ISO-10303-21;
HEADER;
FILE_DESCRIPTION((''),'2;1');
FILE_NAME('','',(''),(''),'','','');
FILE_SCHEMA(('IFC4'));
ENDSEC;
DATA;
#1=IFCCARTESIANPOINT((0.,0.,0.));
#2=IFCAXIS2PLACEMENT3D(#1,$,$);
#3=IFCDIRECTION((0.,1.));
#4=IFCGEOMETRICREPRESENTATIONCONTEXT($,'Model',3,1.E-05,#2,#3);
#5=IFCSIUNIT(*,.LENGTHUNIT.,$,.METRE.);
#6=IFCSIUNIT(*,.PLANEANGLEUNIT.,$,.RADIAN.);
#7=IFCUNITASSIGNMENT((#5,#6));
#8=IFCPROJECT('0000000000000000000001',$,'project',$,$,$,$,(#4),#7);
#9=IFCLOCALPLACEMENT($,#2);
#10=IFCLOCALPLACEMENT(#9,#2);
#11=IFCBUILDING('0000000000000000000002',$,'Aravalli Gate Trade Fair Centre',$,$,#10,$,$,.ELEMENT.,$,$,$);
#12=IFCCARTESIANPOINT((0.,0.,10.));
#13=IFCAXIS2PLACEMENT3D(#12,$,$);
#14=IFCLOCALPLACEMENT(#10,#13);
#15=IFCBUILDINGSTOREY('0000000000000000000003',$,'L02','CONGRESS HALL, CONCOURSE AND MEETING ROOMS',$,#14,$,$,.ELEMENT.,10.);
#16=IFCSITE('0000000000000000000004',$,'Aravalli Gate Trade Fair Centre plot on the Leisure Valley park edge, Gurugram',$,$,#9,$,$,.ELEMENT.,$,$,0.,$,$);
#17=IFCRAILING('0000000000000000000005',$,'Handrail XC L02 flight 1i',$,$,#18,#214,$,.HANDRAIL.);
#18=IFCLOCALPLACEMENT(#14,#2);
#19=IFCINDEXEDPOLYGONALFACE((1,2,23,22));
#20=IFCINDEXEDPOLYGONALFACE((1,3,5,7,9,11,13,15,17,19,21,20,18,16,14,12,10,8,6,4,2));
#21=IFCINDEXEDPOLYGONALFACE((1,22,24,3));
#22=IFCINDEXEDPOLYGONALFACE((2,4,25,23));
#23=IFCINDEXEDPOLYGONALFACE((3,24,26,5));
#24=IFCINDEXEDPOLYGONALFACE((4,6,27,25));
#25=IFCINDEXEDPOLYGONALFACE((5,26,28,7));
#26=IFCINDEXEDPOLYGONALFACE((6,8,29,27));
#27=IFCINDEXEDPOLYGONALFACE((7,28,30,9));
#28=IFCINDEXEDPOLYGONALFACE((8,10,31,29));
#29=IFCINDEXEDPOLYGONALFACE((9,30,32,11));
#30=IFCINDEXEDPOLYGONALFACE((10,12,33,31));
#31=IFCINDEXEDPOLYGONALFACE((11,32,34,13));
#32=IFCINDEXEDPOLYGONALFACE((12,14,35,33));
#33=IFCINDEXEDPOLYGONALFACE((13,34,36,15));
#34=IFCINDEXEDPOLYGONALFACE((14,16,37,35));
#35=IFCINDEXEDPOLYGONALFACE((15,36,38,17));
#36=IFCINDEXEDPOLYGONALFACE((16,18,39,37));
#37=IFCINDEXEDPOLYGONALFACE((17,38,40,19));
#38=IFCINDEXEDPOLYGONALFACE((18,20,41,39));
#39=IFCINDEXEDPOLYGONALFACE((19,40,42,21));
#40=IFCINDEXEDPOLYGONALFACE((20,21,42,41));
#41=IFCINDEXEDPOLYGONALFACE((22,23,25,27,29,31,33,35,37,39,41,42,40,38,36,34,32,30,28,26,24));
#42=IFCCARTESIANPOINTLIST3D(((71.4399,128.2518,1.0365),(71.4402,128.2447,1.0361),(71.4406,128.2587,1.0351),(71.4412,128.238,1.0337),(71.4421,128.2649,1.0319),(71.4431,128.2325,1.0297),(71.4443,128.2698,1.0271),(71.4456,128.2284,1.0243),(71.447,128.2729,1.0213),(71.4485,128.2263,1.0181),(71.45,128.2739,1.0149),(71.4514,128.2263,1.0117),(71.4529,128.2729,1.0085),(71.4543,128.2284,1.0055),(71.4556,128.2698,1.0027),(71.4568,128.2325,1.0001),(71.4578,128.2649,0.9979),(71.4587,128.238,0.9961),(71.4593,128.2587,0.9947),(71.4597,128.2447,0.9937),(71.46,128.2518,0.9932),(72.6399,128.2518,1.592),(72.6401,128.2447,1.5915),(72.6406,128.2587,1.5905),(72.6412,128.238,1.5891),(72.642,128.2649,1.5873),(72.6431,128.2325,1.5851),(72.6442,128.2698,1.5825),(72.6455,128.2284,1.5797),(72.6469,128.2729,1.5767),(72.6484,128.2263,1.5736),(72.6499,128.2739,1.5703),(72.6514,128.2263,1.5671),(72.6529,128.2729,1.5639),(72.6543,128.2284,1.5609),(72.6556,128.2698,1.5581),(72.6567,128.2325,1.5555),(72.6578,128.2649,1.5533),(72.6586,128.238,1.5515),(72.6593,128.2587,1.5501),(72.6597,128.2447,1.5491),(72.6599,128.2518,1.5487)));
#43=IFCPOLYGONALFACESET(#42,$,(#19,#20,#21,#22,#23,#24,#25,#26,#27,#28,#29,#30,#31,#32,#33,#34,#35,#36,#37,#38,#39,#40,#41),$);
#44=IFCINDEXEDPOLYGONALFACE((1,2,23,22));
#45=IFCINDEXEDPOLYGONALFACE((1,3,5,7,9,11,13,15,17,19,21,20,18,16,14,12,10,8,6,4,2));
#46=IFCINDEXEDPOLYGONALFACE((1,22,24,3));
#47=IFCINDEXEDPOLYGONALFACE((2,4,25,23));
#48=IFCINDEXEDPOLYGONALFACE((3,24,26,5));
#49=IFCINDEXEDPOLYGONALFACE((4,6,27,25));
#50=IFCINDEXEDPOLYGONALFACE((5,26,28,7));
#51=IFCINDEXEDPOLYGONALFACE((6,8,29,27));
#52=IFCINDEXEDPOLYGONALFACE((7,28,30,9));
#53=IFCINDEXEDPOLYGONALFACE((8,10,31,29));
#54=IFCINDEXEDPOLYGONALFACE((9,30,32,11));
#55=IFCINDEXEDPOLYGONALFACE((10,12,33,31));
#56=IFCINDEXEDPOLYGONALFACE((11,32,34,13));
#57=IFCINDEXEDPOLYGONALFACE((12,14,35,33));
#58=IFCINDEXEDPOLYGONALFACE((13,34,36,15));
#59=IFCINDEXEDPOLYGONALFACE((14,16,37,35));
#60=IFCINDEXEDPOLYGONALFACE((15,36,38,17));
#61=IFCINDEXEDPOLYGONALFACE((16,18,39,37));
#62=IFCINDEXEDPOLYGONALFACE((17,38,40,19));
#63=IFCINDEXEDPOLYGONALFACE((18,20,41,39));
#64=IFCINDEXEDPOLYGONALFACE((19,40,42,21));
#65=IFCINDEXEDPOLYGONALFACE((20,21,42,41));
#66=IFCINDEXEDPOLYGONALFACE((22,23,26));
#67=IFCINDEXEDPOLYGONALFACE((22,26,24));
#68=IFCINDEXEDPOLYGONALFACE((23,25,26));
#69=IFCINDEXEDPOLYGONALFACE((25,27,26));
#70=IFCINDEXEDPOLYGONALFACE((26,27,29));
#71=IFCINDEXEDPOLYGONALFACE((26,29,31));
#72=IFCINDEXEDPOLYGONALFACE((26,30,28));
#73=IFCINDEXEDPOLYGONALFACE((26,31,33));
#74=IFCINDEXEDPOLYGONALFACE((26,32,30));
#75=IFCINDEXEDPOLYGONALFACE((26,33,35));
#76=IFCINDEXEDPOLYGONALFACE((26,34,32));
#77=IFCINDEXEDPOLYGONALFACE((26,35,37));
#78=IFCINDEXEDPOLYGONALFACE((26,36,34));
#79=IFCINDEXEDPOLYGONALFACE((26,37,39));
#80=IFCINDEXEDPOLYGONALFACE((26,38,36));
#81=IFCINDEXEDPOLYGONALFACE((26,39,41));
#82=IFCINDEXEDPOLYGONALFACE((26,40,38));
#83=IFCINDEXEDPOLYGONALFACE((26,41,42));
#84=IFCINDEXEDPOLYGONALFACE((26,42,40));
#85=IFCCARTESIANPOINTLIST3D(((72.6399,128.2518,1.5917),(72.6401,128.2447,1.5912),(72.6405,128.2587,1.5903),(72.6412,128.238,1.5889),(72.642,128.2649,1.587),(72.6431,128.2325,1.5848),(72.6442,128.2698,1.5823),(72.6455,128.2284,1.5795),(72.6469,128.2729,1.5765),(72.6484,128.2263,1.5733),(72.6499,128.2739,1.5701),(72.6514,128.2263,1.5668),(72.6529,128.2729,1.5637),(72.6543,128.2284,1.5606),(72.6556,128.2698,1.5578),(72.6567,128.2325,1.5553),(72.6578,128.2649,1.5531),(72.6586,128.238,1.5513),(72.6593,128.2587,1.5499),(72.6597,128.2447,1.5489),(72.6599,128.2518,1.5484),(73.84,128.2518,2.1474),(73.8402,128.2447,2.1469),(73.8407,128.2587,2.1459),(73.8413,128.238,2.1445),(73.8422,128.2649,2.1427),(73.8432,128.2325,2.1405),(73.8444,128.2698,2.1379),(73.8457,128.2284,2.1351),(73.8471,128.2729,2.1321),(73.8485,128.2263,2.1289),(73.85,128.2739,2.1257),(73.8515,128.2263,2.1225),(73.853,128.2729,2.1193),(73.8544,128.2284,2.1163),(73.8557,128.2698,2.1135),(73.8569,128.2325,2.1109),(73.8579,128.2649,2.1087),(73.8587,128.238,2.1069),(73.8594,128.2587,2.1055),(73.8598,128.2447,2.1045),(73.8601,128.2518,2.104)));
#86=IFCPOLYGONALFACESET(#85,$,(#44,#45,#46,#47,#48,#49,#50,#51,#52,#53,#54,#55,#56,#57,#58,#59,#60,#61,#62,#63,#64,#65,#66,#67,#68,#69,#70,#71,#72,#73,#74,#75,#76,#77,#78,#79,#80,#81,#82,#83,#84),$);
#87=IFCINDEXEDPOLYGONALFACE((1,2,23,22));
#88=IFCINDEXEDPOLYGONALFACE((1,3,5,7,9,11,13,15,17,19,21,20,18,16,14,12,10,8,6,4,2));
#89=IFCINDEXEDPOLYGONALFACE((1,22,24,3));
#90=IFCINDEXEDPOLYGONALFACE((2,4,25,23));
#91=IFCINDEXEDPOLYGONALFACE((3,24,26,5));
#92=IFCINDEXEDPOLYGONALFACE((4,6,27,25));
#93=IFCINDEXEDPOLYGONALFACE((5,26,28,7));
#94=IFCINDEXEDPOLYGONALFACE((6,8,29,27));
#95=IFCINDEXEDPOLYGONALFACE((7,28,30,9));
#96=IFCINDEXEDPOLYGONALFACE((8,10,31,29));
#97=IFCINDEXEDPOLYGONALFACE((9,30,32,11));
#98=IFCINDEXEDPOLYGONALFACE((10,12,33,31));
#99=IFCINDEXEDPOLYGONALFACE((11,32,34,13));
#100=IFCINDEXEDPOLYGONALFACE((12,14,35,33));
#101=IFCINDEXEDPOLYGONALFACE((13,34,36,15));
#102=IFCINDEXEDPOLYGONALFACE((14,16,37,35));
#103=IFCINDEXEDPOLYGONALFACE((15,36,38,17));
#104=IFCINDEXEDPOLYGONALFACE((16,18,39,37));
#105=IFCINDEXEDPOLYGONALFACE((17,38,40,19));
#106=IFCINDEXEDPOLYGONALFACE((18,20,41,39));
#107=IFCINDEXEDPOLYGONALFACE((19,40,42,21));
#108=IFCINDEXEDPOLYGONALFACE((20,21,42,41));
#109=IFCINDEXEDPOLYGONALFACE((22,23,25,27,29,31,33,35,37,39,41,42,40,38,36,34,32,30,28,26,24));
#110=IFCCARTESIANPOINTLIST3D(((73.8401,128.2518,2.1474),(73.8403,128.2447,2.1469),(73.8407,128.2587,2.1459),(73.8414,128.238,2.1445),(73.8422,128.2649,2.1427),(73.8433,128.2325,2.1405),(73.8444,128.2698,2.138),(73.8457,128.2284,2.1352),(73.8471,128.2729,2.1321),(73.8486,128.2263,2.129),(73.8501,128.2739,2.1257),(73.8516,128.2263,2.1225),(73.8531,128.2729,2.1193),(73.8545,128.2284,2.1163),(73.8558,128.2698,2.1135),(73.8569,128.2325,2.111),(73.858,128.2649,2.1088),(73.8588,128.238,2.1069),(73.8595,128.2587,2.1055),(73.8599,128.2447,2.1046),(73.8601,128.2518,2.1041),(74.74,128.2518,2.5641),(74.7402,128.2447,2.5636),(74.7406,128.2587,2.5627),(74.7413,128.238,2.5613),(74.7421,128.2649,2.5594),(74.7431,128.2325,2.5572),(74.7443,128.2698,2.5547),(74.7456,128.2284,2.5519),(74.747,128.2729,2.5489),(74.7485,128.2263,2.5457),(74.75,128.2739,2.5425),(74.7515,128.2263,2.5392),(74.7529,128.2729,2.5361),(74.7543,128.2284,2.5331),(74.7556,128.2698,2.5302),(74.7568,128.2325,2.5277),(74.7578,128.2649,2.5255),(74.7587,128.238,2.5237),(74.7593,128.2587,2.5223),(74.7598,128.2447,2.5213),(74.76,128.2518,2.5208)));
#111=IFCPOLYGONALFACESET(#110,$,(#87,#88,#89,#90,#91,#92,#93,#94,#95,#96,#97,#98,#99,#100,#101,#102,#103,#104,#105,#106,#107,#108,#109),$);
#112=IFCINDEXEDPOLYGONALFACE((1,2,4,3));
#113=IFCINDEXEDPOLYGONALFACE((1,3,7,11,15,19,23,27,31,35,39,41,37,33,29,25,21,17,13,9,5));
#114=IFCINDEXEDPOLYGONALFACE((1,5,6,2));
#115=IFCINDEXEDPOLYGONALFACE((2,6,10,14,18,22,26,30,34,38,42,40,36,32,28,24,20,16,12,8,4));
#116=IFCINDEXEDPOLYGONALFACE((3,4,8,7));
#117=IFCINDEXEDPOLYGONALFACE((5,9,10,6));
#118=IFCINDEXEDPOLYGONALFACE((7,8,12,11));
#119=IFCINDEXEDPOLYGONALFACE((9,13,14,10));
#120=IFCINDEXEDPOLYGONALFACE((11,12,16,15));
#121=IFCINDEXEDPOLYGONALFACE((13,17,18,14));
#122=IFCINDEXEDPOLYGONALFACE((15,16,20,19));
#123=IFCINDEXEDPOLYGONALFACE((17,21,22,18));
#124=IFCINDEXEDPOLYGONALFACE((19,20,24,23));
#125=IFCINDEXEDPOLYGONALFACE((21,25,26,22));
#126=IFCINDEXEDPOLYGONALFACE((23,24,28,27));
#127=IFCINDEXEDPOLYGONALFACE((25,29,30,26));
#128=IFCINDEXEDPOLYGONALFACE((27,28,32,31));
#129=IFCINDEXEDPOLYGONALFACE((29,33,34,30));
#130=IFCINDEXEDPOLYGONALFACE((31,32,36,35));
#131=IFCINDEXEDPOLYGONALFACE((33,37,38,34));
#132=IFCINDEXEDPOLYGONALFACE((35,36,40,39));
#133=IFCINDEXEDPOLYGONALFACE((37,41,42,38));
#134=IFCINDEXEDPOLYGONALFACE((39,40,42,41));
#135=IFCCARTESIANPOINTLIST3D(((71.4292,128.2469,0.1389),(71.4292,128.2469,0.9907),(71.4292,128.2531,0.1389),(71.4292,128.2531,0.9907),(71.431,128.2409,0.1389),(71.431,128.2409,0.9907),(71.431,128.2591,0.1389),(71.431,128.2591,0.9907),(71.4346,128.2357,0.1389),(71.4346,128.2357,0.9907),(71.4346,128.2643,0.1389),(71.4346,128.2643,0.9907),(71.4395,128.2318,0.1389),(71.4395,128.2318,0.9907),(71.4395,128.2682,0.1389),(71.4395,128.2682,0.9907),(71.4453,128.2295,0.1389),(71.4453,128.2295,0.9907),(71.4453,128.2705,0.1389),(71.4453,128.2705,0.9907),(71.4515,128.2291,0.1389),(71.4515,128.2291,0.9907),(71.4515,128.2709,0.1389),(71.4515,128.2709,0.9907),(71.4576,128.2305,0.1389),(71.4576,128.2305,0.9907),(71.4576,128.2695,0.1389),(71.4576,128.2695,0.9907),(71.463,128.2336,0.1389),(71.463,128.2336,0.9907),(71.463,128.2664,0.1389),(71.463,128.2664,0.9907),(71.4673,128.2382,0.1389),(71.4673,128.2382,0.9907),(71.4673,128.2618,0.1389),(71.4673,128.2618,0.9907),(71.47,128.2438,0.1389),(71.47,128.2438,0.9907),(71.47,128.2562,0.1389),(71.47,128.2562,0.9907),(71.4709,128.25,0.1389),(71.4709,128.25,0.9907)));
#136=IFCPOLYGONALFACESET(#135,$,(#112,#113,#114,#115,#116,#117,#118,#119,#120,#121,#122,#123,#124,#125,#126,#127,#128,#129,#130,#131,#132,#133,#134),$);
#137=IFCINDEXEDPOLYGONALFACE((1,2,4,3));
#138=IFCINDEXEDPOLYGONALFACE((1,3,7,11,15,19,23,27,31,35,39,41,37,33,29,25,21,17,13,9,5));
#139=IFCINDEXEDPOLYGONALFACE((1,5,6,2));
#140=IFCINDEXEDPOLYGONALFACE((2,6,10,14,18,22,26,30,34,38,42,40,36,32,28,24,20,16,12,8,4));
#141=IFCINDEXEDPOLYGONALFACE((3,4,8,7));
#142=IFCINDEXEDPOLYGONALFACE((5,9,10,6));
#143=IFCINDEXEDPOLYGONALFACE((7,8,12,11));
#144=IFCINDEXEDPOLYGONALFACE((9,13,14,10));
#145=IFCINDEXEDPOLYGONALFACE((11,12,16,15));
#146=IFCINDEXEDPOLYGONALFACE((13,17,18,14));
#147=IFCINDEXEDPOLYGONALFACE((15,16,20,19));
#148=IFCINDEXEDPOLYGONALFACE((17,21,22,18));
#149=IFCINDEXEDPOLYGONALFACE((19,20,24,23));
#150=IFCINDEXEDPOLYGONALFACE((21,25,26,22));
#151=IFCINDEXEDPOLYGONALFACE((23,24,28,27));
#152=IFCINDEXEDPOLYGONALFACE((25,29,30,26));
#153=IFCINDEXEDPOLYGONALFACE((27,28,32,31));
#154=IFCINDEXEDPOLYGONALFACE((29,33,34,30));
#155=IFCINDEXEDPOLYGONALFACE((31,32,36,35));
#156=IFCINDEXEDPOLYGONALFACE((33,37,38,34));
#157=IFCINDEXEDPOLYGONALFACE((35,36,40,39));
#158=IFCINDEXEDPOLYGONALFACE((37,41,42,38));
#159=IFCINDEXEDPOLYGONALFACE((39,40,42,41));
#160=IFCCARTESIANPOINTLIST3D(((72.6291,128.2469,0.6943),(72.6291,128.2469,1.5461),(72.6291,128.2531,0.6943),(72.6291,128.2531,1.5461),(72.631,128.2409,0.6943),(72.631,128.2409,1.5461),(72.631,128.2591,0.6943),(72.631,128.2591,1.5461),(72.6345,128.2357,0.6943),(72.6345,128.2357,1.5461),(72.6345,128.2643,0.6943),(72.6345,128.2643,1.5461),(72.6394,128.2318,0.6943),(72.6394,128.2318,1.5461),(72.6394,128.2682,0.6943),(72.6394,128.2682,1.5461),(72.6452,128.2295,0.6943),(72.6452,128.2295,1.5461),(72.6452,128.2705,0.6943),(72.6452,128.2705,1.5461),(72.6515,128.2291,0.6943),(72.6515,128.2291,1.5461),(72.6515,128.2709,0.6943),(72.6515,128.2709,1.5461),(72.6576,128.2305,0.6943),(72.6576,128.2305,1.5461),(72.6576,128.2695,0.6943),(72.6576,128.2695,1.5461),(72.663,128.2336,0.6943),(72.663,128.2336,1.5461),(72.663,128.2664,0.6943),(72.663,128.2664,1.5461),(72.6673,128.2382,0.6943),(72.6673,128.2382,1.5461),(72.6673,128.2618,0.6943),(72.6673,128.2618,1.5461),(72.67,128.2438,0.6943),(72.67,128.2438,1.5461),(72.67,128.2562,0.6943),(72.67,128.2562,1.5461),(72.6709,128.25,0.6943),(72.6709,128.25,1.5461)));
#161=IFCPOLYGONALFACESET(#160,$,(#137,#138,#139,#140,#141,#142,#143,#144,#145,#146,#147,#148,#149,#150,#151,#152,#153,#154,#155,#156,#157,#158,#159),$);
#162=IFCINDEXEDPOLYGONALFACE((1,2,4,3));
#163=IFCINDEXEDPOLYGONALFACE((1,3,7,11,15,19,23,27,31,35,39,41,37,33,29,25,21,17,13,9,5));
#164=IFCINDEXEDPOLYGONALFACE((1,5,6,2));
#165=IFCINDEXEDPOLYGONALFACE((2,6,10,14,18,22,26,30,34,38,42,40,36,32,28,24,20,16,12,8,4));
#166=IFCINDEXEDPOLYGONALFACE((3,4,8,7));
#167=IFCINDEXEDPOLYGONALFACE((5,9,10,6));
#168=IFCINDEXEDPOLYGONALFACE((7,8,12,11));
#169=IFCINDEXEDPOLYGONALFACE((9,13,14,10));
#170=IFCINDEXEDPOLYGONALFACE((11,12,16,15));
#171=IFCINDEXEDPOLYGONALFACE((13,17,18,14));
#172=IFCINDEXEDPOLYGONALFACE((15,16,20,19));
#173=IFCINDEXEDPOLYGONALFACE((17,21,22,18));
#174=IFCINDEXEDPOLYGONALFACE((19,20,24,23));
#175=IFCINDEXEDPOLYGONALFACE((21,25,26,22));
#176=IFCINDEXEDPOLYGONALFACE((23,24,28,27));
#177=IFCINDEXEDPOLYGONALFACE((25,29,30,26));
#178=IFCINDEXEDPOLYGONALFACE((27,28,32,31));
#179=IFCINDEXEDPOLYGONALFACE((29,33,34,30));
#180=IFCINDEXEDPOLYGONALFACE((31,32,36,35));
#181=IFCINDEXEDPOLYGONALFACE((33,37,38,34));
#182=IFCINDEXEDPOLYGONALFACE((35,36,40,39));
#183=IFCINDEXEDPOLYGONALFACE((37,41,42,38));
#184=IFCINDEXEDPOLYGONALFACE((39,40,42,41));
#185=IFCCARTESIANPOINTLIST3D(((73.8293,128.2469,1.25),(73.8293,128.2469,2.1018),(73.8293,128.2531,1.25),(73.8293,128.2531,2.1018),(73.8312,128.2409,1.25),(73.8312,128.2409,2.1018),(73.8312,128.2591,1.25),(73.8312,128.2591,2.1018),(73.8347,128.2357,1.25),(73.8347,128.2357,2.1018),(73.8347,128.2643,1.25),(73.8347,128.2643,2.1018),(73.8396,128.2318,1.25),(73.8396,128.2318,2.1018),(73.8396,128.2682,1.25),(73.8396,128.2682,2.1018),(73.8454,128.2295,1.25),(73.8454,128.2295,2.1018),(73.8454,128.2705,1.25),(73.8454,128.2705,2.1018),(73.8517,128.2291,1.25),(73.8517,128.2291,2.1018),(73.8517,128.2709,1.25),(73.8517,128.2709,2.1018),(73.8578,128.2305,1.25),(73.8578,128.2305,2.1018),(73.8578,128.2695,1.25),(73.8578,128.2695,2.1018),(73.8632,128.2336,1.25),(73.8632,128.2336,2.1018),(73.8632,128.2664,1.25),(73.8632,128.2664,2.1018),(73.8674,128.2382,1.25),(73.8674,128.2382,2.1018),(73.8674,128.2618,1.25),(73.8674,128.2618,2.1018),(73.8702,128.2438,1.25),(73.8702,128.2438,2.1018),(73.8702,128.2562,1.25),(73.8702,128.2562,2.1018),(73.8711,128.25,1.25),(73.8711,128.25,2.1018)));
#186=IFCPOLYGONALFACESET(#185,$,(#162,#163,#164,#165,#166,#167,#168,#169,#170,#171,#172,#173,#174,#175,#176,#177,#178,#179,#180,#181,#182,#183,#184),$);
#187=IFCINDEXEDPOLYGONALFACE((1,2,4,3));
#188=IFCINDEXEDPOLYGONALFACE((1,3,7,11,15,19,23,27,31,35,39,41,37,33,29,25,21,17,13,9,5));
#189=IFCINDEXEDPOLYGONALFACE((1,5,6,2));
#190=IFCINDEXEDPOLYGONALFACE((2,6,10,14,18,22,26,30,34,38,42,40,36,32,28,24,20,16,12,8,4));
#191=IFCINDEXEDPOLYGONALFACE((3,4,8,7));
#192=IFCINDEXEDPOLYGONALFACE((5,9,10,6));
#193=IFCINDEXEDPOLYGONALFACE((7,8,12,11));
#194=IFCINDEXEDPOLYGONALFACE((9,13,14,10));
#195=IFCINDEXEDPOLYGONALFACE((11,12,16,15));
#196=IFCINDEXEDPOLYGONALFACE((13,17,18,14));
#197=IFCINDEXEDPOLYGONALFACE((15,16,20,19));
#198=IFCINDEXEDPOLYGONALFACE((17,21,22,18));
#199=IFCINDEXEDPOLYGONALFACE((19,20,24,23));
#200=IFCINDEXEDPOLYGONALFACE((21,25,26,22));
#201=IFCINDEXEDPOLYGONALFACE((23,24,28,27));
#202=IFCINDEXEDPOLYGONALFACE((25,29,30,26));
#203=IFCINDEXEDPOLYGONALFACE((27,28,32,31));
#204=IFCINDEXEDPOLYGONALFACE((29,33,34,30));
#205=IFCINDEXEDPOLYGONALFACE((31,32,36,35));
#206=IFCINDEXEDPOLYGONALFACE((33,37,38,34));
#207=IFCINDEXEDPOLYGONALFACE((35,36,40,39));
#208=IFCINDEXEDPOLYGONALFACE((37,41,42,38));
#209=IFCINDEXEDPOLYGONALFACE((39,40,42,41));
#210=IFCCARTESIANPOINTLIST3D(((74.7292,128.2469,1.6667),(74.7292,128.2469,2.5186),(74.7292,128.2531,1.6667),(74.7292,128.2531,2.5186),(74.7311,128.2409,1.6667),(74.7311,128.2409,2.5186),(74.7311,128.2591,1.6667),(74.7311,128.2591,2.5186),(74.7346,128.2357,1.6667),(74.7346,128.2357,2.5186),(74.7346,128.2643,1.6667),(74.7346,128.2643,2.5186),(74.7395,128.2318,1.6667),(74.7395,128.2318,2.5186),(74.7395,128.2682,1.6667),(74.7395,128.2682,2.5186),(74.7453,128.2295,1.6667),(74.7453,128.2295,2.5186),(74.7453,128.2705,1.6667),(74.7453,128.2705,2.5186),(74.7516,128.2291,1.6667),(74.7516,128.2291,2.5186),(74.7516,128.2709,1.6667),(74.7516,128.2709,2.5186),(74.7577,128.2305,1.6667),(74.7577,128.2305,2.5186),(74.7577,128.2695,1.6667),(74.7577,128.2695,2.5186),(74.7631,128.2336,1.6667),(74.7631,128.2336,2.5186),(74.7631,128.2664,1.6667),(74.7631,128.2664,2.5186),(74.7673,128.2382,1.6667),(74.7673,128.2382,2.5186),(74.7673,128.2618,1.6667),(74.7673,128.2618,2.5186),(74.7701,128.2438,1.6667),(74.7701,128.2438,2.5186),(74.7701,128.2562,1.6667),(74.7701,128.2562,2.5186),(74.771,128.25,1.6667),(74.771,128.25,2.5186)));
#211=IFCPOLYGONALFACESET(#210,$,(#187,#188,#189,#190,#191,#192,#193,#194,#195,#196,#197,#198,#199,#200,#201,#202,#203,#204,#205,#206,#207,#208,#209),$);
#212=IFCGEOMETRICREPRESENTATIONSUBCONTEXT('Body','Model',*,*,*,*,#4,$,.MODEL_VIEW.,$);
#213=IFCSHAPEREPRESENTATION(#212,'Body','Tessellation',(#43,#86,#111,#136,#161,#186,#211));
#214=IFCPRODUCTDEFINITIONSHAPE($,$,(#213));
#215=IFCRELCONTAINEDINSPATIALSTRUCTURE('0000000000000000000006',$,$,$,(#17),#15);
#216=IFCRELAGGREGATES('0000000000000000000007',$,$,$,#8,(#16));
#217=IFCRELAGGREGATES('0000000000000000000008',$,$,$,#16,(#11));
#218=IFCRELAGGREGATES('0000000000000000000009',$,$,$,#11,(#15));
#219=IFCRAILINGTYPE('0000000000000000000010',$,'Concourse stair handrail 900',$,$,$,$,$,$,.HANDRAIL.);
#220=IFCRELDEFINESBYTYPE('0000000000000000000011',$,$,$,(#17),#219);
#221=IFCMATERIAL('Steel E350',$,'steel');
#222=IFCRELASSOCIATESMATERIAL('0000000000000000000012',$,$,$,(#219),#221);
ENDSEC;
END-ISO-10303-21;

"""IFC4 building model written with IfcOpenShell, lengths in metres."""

from ifc_helpers import new_model, si_unit, direction, frame, origin, origin_2d, place, context, subcontext, project, spatial, circle, extrude, material, type_object, element, save


model = new_model("IFC4")

# Units and contexts
model_context = context("Model", 3, precision=1e-05, world=origin(), true_north=direction((0.0, 1.0)))
body_context = subcontext(model_context, "Body", "Model", "MODEL_VIEW")
ifc_project = project(units=[si_unit("LENGTHUNIT", "METRE"), si_unit("PLANEANGLEUNIT", "RADIAN")], contexts=[model_context])

# Site, building, storey
site_placement = place(None, origin())
site = spatial("IfcSite", under=ifc_project, at=site_placement, Name="Aravalli Gate Trade Fair Centre plot on the Leisure Valley park edge, Gurugram", CompositionType="ELEMENT", RefElevation=0.0)
building_placement = place(site_placement, origin())
building = spatial("IfcBuilding", under=site, at=building_placement, Name="Aravalli Gate Trade Fair Centre", CompositionType="ELEMENT")
storey_placement = place(building_placement, frame((0.0, 0.0, 10.0)))
storey = spatial("IfcBuildingStorey", under=building, at=storey_placement, Name="L02", Description="CONGRESS HALL, CONCOURSE AND MEETING ROOMS", CompositionType="ELEMENT", Elevation=10.0)

# Shared definitions
ifc_material_1 = material(Name="Steel E350", Category="steel")

# Railing
railing_type_1 = type_object("IfcRailingType", Name="Concourse stair handrail 900", PredefinedType="HANDRAIL", material=ifc_material_1)
railing_1_placement = place(storey_placement, frame((71.45, 128.25, 0.1389)))
element("IfcRailing", 1, at=railing_1_placement, inside=storey, type_object=railing_type_1, Name="Handrail XC L02 flight 1i", PredefinedType="HANDRAIL", context=body_context, shape_type="SweptSolid", body=[
    extrude(circle(Radius=0.0239, at=origin_2d()), frame((0.0, 0.0, 0.876), z_axis=(0.907499, 0.0, 0.420053), x_axis=(0.0, 1.0, 0.0)), (0.0, 0.0, 1.0), 1.3223),
    extrude(circle(Radius=0.0239, at=origin_2d()), frame((1.2, 0.0, 1.4312), z_axis=(0.907462, 0.0, 0.420135), x_axis=(0.0, 1.0, 0.0)), (0.0, 0.0, 1.0), 1.3225),
    extrude(circle(Radius=0.0239, at=origin_2d()), frame((2.4001, 0.0, 1.9868), z_axis=(0.907418, 0.0, 0.420229), x_axis=(0.0, 1.0, 0.0)), (0.0, 0.0, 1.0), 0.9917),
    extrude(circle(Radius=0.021, at=origin_2d()), origin(), (0.0, 0.0, 1.0), 0.8518),
    extrude(circle(Radius=0.021, at=origin_2d()), frame((1.2, 0.0, 0.5554)), (0.0, 0.0, 1.0), 0.8518),
    extrude(circle(Radius=0.021, at=origin_2d()), frame((2.4001, 0.0, 1.1111)), (0.0, 0.0, 1.0), 0.8518),
    extrude(circle(Radius=0.021, at=origin_2d()), frame((3.3, 0.0, 1.5278)), (0.0, 0.0, 1.0), 0.8518),
])

save(model, "model.ifc")
